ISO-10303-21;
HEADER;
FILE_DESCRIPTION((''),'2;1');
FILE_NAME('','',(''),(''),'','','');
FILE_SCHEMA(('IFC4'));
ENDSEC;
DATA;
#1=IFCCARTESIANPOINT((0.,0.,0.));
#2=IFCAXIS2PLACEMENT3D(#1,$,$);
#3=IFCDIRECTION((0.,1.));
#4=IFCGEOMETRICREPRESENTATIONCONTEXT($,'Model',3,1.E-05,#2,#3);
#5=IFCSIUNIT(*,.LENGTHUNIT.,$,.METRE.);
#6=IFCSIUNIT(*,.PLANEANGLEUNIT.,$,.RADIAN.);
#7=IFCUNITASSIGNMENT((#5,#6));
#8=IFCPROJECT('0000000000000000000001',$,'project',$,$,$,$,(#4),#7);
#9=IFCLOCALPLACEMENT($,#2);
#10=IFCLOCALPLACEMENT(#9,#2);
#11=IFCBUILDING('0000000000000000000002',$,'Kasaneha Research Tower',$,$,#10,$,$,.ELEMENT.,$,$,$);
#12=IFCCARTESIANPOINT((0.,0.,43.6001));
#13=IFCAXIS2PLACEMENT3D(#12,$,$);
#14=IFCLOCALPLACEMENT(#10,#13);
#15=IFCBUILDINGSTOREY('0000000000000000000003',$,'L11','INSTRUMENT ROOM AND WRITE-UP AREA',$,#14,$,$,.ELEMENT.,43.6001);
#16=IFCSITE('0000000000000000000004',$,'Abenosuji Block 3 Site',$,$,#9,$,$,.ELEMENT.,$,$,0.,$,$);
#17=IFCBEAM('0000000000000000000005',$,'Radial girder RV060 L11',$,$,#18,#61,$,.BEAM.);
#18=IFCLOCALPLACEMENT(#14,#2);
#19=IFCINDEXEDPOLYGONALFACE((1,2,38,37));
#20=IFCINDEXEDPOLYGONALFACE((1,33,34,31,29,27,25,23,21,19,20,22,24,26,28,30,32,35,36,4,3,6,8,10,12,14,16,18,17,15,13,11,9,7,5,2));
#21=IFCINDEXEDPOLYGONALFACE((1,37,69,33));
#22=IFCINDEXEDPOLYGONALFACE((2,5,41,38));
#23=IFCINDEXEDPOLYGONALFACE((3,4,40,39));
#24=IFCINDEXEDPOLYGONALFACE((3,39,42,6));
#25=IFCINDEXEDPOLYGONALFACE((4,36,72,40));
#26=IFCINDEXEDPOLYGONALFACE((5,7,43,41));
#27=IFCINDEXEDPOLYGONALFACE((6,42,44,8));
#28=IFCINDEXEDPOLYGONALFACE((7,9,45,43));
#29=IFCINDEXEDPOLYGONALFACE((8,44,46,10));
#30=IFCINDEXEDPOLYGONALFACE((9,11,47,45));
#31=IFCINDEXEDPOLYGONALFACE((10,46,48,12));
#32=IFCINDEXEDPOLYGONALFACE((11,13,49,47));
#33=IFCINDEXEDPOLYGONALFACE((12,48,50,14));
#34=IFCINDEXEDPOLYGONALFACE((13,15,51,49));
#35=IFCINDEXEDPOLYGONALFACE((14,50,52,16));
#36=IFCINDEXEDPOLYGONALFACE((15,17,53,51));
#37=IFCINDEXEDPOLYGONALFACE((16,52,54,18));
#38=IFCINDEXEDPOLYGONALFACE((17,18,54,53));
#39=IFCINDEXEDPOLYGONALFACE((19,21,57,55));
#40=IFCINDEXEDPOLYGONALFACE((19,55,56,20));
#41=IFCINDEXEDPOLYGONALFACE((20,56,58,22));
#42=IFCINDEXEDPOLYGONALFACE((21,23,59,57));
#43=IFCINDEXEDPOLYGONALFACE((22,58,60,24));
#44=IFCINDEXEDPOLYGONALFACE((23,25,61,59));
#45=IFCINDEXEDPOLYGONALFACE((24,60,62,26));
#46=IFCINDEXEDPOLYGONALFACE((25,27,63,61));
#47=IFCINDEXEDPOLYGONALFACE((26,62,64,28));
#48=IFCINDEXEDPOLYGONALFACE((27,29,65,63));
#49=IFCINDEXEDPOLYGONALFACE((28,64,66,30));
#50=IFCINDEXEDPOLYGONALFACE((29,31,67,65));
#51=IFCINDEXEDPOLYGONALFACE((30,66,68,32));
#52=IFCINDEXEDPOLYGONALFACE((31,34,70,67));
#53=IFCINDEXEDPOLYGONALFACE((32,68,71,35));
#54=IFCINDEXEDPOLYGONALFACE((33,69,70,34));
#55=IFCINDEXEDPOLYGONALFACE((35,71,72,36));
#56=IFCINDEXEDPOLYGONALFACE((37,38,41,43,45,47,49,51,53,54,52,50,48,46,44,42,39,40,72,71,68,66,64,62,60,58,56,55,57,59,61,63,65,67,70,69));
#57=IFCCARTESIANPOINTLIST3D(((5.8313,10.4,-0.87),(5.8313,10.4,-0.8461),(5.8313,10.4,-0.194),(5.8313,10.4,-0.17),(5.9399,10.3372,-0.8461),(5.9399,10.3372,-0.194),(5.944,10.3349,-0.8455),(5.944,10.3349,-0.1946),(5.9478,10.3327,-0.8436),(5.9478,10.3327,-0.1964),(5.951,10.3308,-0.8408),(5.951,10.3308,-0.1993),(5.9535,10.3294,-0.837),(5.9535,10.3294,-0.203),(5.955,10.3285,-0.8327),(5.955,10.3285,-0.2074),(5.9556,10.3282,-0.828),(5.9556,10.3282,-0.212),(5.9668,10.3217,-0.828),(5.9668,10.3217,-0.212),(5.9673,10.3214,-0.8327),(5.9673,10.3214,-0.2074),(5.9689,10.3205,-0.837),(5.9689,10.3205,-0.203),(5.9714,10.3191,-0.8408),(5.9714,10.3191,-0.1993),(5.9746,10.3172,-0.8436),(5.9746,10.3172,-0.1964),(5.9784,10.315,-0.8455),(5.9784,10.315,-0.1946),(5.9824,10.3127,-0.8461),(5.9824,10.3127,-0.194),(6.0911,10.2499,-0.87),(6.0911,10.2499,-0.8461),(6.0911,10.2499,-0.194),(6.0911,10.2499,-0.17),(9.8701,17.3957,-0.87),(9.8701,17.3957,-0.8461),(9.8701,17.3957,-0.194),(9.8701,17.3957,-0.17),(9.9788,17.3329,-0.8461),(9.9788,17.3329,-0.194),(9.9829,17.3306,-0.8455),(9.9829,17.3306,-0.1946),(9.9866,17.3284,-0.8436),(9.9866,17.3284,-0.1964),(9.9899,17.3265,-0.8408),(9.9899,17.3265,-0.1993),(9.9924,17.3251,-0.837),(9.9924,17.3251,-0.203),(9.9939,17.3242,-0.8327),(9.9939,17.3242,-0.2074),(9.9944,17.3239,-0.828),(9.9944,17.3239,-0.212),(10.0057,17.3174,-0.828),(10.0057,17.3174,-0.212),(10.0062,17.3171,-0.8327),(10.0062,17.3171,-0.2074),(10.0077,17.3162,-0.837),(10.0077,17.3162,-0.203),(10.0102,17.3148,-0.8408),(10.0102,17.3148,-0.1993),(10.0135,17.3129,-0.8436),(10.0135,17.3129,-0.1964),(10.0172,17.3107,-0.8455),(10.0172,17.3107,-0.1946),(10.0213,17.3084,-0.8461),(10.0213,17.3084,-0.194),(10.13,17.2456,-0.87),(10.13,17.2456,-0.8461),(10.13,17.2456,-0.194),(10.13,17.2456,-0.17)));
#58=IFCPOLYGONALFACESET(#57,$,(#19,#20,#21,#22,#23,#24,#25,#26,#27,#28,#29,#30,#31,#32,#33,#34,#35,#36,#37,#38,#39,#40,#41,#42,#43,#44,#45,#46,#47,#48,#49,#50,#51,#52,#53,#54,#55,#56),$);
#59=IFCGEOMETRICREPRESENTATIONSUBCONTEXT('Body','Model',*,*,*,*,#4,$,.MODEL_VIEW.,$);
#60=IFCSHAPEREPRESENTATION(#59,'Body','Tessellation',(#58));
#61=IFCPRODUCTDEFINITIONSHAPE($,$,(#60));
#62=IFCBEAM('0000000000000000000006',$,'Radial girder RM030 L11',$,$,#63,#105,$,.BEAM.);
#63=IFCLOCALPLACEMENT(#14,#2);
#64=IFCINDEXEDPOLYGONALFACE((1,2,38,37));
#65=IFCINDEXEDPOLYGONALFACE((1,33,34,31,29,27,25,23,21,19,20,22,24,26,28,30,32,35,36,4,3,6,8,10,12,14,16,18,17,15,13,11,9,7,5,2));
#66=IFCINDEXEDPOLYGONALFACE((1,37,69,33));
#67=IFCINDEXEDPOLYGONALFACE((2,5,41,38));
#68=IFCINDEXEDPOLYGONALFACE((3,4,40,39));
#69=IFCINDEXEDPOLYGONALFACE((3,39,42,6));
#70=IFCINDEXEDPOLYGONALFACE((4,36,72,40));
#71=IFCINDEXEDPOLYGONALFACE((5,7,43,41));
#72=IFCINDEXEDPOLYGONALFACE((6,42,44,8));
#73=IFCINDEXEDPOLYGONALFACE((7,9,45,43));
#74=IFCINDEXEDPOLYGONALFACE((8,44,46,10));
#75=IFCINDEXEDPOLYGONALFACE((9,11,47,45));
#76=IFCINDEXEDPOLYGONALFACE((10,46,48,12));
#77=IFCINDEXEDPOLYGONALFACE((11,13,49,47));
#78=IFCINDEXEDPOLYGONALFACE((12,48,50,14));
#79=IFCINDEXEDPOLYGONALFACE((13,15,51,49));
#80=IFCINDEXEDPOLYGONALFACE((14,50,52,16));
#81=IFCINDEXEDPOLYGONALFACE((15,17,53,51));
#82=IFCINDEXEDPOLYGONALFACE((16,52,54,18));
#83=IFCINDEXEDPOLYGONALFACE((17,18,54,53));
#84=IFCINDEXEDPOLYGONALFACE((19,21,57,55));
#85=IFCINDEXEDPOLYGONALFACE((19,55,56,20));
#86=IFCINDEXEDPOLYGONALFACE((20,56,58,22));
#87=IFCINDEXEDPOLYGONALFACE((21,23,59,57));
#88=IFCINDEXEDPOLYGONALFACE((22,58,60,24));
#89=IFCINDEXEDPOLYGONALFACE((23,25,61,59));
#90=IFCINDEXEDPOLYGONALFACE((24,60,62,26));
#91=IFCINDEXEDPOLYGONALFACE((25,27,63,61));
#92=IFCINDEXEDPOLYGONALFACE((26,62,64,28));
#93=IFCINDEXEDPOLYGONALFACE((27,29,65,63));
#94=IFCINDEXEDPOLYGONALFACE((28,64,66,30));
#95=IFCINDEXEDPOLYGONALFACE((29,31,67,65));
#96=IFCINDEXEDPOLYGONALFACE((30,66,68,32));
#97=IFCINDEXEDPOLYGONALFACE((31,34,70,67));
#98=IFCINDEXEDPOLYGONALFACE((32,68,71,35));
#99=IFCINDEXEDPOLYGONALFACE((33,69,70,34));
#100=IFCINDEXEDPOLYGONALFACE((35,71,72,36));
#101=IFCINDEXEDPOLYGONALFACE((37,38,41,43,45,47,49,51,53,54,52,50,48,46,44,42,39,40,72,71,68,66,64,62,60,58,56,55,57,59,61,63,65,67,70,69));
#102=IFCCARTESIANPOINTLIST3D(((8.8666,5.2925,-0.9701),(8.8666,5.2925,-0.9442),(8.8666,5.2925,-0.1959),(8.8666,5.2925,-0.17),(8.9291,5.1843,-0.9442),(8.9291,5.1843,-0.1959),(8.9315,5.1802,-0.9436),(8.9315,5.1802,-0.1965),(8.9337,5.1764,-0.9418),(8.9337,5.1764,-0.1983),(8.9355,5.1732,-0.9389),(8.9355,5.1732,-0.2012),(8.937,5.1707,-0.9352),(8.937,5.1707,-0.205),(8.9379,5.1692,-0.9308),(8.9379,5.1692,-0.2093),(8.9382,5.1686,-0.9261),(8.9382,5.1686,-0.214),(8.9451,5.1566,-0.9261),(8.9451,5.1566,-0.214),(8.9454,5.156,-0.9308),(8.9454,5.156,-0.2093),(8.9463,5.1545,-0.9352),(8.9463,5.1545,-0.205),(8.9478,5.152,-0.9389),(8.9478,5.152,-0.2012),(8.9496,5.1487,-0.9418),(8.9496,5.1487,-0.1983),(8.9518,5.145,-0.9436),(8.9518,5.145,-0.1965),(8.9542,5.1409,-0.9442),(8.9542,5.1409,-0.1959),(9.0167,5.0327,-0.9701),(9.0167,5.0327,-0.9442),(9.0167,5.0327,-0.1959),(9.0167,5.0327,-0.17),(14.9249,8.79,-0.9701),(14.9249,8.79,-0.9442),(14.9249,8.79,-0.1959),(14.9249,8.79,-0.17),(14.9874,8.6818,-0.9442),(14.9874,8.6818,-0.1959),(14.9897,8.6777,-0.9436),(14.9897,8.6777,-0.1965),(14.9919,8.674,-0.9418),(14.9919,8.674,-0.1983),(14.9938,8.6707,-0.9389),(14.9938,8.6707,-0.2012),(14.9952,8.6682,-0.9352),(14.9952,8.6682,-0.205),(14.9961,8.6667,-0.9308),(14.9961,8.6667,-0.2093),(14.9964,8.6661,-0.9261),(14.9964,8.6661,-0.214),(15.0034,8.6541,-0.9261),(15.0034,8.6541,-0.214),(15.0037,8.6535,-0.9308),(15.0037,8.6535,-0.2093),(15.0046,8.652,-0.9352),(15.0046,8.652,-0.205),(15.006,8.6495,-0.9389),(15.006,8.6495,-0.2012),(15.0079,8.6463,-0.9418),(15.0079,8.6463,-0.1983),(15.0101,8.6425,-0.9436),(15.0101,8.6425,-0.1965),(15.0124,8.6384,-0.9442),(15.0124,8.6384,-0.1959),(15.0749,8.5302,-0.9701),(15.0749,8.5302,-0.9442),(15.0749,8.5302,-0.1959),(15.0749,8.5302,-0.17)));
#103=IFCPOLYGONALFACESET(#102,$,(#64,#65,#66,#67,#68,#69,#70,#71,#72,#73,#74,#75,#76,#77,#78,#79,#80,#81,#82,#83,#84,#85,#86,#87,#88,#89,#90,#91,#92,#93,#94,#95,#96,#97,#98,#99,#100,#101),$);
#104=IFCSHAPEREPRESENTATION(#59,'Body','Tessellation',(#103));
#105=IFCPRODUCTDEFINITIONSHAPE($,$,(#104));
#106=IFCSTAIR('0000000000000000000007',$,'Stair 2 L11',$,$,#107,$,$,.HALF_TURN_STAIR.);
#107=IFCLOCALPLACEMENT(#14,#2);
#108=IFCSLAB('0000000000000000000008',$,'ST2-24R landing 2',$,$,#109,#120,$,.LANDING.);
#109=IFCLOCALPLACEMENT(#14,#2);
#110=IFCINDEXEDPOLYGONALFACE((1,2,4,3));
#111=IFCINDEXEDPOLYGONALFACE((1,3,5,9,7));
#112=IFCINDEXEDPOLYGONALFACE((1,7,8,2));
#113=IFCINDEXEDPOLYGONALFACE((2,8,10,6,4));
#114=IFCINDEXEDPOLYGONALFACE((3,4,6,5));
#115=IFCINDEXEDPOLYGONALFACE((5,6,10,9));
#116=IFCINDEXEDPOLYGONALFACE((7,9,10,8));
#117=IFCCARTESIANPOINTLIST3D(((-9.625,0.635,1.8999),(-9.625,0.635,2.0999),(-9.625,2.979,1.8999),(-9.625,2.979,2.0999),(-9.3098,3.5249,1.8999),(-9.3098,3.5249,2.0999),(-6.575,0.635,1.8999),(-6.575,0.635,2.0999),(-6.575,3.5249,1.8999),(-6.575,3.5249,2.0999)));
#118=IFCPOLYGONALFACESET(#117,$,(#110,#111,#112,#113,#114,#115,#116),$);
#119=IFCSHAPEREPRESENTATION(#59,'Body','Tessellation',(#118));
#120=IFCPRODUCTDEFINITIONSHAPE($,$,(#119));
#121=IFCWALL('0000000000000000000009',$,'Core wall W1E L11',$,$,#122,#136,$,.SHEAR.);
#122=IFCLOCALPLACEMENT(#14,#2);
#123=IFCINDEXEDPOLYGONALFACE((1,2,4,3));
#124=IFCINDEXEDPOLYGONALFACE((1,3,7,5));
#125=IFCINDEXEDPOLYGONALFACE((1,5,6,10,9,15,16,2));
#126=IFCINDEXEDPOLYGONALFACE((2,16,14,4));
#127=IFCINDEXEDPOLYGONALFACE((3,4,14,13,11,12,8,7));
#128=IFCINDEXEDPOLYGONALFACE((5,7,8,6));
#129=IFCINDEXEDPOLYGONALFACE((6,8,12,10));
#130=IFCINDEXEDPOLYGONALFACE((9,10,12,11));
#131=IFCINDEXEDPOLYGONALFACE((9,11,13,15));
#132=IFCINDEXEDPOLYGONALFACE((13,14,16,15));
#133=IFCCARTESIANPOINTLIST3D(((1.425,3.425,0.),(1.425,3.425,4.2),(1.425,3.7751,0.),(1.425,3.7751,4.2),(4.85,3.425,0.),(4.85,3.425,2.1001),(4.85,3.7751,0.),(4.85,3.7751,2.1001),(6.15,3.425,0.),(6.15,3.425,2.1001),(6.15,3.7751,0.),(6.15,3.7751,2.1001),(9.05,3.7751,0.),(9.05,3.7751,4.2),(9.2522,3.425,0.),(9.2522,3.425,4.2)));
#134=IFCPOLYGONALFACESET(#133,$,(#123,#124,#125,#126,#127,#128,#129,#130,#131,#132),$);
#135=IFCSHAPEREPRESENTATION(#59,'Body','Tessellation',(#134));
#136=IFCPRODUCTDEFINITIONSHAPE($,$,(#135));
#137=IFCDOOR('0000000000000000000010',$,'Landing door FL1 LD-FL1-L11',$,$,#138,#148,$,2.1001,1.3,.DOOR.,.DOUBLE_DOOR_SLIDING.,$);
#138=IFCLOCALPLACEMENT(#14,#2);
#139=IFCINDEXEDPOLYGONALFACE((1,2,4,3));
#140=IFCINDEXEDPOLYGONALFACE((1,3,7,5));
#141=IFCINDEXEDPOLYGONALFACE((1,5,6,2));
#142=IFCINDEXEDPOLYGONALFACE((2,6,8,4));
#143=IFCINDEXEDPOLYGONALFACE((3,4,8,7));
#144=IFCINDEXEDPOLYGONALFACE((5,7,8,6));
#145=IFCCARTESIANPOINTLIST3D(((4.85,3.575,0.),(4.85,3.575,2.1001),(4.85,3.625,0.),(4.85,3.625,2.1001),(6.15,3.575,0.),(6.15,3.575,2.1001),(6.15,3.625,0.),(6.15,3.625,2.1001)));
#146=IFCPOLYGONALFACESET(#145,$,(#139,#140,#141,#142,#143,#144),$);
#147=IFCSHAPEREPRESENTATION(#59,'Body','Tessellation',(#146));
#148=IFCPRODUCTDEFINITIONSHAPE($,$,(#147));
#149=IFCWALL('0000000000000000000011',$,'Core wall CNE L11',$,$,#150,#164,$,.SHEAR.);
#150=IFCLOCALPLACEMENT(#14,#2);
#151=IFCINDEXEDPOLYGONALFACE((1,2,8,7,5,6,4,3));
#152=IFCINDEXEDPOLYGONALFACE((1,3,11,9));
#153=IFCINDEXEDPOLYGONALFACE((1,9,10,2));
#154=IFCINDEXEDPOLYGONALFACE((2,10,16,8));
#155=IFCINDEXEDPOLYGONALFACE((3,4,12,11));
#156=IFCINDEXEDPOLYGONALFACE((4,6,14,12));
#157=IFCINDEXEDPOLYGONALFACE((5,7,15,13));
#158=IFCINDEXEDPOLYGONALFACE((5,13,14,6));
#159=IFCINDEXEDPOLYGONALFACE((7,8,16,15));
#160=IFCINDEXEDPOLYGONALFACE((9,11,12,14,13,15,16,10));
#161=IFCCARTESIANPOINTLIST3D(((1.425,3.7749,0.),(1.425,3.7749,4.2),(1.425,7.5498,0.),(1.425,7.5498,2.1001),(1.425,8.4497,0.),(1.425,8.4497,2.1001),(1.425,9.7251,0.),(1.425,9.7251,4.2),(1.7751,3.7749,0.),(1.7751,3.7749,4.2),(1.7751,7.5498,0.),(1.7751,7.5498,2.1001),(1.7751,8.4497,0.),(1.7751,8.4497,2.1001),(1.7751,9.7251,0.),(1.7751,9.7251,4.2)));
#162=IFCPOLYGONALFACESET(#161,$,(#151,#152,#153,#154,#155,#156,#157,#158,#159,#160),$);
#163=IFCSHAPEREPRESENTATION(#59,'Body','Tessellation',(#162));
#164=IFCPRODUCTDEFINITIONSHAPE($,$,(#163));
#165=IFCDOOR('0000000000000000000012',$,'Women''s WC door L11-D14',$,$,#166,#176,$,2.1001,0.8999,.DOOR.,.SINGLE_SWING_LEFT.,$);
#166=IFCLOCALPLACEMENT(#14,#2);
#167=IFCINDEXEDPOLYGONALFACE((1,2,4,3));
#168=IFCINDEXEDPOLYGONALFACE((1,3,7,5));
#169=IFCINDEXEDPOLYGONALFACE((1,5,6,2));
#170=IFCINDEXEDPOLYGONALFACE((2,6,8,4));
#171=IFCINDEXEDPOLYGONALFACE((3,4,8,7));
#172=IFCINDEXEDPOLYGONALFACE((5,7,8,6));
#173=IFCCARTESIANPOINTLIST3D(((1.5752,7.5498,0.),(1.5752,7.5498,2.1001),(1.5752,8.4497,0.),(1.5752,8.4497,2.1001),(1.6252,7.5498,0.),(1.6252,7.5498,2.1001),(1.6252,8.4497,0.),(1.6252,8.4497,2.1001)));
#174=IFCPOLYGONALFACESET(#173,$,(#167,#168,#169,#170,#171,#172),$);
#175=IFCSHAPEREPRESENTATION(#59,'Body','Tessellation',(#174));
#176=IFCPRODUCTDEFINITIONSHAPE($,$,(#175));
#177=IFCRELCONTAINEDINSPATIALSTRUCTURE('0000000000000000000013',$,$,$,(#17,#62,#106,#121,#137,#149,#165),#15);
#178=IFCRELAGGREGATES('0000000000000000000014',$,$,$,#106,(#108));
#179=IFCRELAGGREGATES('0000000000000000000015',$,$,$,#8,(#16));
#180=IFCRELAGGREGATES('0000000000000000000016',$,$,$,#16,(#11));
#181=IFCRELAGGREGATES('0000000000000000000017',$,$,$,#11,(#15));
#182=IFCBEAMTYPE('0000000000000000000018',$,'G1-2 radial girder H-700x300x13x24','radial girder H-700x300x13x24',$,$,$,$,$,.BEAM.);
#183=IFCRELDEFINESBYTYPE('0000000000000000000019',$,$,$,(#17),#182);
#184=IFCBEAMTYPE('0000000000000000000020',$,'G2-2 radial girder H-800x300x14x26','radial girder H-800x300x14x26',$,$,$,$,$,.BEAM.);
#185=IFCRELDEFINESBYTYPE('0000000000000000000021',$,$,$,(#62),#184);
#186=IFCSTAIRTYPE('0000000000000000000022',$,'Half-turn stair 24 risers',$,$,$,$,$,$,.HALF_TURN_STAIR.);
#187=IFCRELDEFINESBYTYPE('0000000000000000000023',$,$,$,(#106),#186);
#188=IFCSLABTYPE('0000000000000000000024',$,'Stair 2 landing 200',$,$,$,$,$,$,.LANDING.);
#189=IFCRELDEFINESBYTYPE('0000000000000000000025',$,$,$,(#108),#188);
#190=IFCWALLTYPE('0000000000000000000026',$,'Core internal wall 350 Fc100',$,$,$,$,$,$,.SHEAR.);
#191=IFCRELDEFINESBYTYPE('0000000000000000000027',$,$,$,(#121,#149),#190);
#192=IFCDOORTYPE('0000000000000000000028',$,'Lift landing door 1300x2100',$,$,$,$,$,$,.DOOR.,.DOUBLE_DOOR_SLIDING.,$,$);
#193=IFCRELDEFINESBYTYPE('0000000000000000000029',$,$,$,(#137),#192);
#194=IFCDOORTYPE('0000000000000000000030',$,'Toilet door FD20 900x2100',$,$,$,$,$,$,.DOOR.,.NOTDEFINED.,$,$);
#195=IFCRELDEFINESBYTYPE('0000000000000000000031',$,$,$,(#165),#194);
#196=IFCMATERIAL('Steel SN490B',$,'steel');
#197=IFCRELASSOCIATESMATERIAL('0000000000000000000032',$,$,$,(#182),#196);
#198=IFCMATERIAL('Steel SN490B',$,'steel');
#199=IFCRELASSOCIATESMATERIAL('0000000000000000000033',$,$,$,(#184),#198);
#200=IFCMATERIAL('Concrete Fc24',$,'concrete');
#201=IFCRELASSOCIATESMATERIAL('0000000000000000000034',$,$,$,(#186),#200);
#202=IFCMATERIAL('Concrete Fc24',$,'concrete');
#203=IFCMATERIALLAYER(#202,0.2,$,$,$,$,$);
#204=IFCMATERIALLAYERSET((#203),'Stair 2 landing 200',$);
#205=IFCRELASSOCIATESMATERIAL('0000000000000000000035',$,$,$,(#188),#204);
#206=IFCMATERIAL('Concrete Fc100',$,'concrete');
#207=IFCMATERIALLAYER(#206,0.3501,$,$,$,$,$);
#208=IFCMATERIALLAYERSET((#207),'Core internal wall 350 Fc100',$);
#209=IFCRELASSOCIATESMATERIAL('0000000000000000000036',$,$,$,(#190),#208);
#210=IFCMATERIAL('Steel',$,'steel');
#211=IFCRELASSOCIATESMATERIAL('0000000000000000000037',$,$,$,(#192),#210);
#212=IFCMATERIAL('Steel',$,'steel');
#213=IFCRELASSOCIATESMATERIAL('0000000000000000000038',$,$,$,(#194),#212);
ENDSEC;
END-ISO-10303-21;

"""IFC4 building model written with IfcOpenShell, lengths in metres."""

from ifc_helpers import new_model, si_unit, direction, frame, frame_2d, origin, origin_2d, place, context, subcontext, project, spatial, polyline, rectangle, i_section, outline, extrude, material, layer, layer_set, material_profile, profile_set, type_object, element, fill, aggregate, save


model = new_model("IFC4")

# Units and contexts
model_context = context("Model", 3, precision=1e-05, world=origin(), true_north=direction((0.0, 1.0)))
body_context = subcontext(model_context, "Body", "Model", "MODEL_VIEW")
ifc_project = project(units=[si_unit("LENGTHUNIT", "METRE"), si_unit("PLANEANGLEUNIT", "RADIAN")], contexts=[model_context])

# Site, building, storey
site_placement = place(None, origin())
site = spatial("IfcSite", under=ifc_project, at=site_placement, Name="Abenosuji Block 3 Site", CompositionType="ELEMENT", RefElevation=0.0)
building_placement = place(site_placement, origin())
building = spatial("IfcBuilding", under=site, at=building_placement, Name="Kasaneha Research Tower", CompositionType="ELEMENT")
storey_placement = place(building_placement, frame((0.0, 0.0, 43.6001)))
storey = spatial("IfcBuildingStorey", under=building, at=storey_placement, Name="L11", Description="INSTRUMENT ROOM AND WRITE-UP AREA", CompositionType="ELEMENT", Elevation=43.6001)

# Beams
ifc_material_1 = material(Name="Steel SN490B", Category="steel")
ifc_material_profile_1 = material_profile(ifc_material_1, i_section(OverallWidth=0.3, OverallDepth=0.7, WebThickness=0.0129, FlangeThickness=0.0239, FilletRadius=0.0181, at=origin_2d()), Name="H-700x300x13x24")
ifc_profile_set_1 = profile_set([ifc_material_profile_1], Name="Steel SN490B")
beam_type_1 = type_object("IfcBeamType", Name="G1-2 radial girder H-700x300x13x24", Description="radial girder H-700x300x13x24", PredefinedType="BEAM", material=ifc_profile_set_1)
beam_1_placement = place(storey_placement, frame((5.9612, 10.325, -0.52), z_axis=(0.499991, 0.866031, 0.0), x_axis=(-0.866031, 0.499991, 0.0)))
element("IfcBeam", 1, at=beam_1_placement, inside=storey, type_object=beam_type_1, Name="Radial girder RV060 L11", PredefinedType="BEAM", context=body_context, shape_type="SweptSolid", body=[
    extrude(i_section(OverallWidth=0.3, OverallDepth=0.7, WebThickness=0.0129, FlangeThickness=0.0239, FilletRadius=0.0181, at=origin_2d()), origin(), (0.0, 0.0, 1.0), 8.0779),
])
ifc_material_2 = material(Name="Steel SN490B", Category="steel")
ifc_material_profile_2 = material_profile(ifc_material_2, i_section(OverallWidth=0.3, OverallDepth=0.8, WebThickness=0.0139, FlangeThickness=0.0259, FilletRadius=0.0181, at=origin_2d()), Name="H-800x300x14x26")
ifc_profile_set_2 = profile_set([ifc_material_profile_2], Name="Steel SN490B")
beam_type_2 = type_object("IfcBeamType", Name="G2-2 radial girder H-800x300x14x26", Description="radial girder H-800x300x14x26", PredefinedType="BEAM", material=ifc_profile_set_2)
beam_2_placement = place(storey_placement, frame((8.9417, 5.1626, -0.5701), z_axis=(0.86604, 0.499975, 0.0), x_axis=(-0.499975, 0.86604, 0.0)))
element("IfcBeam", 2, at=beam_2_placement, inside=storey, type_object=beam_type_2, Name="Radial girder RM030 L11", PredefinedType="BEAM", context=body_context, shape_type="SweptSolid", body=[
    extrude(i_section(OverallWidth=0.3, OverallDepth=0.8, WebThickness=0.0139, FlangeThickness=0.0259, FilletRadius=0.0181, at=origin_2d()), origin(), (0.0, 0.0, 1.0), 6.9954),
])

# Stair, slab
ifc_material_3 = material(Name="Concrete Fc24", Category="concrete")
stair_type = type_object("IfcStairType", Name="Half-turn stair 24 risers", PredefinedType="HALF_TURN_STAIR", material=ifc_material_3)
stair_1_placement = place(storey_placement, origin())
stair_1 = element("IfcStair", 3, at=stair_1_placement, inside=storey, type_object=stair_type, Name="Stair 2 L11", PredefinedType="HALF_TURN_STAIR")
ifc_material_4 = material(Name="Concrete Fc24", Category="concrete")
ifc_layer_1 = layer(ifc_material_4, 0.2)
ifc_layer_set_1 = layer_set([ifc_layer_1], Name="Stair 2 landing 200")
slab_type = type_object("IfcSlabType", Name="Stair 2 landing 200", PredefinedType="LANDING", material=ifc_layer_set_1)
slab_placement = place(storey_placement, frame((0.0, 0.0, 1.8999)))
slab = element("IfcSlab", 4, at=slab_placement, type_object=slab_type, Name="ST2-24R landing 2", PredefinedType="LANDING", context=body_context, shape_type="SweptSolid", body=[
    extrude(outline(polyline([(-6.575, 0.635), (-9.625, 0.635), (-9.625, 2.979), (-9.3098, 3.5249), (-6.575, 3.5249), (-6.575, 0.635)])), origin(), (0.0, 0.0, 1.0), 0.2),
])
aggregate(stair_1, [slab])

# Walls, openings, doors
ifc_material_5 = material(Name="Concrete Fc100", Category="concrete")
ifc_layer_2 = layer(ifc_material_5, 0.3501)
ifc_layer_set_2 = layer_set([ifc_layer_2], Name="Core internal wall 350 Fc100")
wall_type_1 = type_object("IfcWallType", Name="Core internal wall 350 Fc100", PredefinedType="SHEAR", material=ifc_layer_set_2)
wall_1_placement = place(storey_placement, frame((1.425, 3.6001, 0.0), z_axis=(0.0, 0.0, 1.0), x_axis=(1.0, 0.0, 0.0)))
wall_1 = element("IfcWall", 5, at=wall_1_placement, inside=storey, type_object=wall_type_1, Name="Core wall W1E L11", PredefinedType="SHEAR", context=body_context, shape_type="SweptSolid", body=[
    extrude(outline(polyline([(0.0, -0.175), (3.425, -0.175), (4.7251, -0.175), (7.8271, -0.175), (7.625, 0.175), (4.7251, 0.175), (3.425, 0.175), (0.0, 0.175), (0.0, -0.175)])), origin(), (0.0, 0.0, 1.0), 4.2),
])
opening_1_placement = place(wall_1_placement, frame((3.425, 0.0, 0.0)))
opening_1 = element("IfcOpeningElement", 6, at=opening_1_placement, cuts=wall_1, PredefinedType="OPENING", context=body_context, shape_type="SweptSolid", body=[
    extrude(rectangle(XDim=1.3, YDim=2.1001, at=frame_2d((0.6499, 1.05))), frame((0.0, 0.1851, 0.0), z_axis=(0.0, -1.0, 0.0), x_axis=(1.0, 0.0, 0.0)), (0.0, 0.0, 1.0), 0.3701),
])
ifc_material_6 = material(Name="Steel", Category="steel")
door_type_1 = type_object("IfcDoorType", Name="Lift landing door 1300x2100", OperationType="DOUBLE_DOOR_SLIDING", PredefinedType="DOOR", material=ifc_material_6)
door_1_placement = place(opening_1_placement, origin())
door_1 = element("IfcDoor", 7, at=door_1_placement, inside=storey, type_object=door_type_1, Name="Landing door FL1 LD-FL1-L11", OperationType="DOUBLE_DOOR_SLIDING", OverallHeight=2.1001, OverallWidth=1.3, PredefinedType="DOOR", context=body_context, shape_type="SweptSolid", body=[
    extrude(rectangle(XDim=1.3, YDim=2.1001, at=frame_2d((0.6499, 1.05))), frame((0.0, 0.0249, 0.0), z_axis=(0.0, -1.0, 0.0), x_axis=(1.0, 0.0, 0.0)), (0.0, 0.0, 1.0), 0.05),
])
fill(opening_1, door_1)
wall_2_placement = place(storey_placement, frame((1.6001, 3.7749, 0.0), z_axis=(0.0, 0.0, 1.0), x_axis=(0.0, 1.0, 0.0)))
wall_2 = element("IfcWall", 8, at=wall_2_placement, inside=storey, type_object=wall_type_1, Name="Core wall CNE L11", PredefinedType="SHEAR", context=body_context, shape_type="SweptSolid", body=[
    extrude(rectangle(XDim=5.9502, YDim=0.3501, at=frame_2d((2.9751, 0.0))), origin(), (0.0, 0.0, 1.0), 4.2),
])
opening_2_placement = place(wall_2_placement, frame((3.7749, 0.0, 0.0)))
opening_2 = element("IfcOpeningElement", 9, at=opening_2_placement, cuts=wall_2, PredefinedType="OPENING", context=body_context, shape_type="SweptSolid", body=[
    extrude(rectangle(XDim=0.8999, YDim=2.1001, at=frame_2d((0.45, 1.05))), frame((0.0, 0.1851, 0.0), z_axis=(0.0, -1.0, 0.0), x_axis=(1.0, 0.0, 0.0)), (0.0, 0.0, 1.0), 0.3701),
])
ifc_material_7 = material(Name="Steel", Category="steel")
door_type_2 = type_object("IfcDoorType", Name="Toilet door FD20 900x2100", OperationType="NOTDEFINED", PredefinedType="DOOR", material=ifc_material_7)
door_2_placement = place(opening_2_placement, origin())
door_2 = element("IfcDoor", 10, at=door_2_placement, inside=storey, type_object=door_type_2, Name="Women's WC door L11-D14", OperationType="SINGLE_SWING_LEFT", OverallHeight=2.1001, OverallWidth=0.8999, PredefinedType="DOOR", context=body_context, shape_type="SweptSolid", body=[
    extrude(rectangle(XDim=0.8999, YDim=2.1001, at=frame_2d((0.45, 1.05))), frame((0.0, 0.0249, 0.0), z_axis=(0.0, -1.0, 0.0), x_axis=(1.0, 0.0, 0.0)), (0.0, 0.0, 1.0), 0.05),
])
fill(opening_2, door_2)

save(model, "model.ifc")
